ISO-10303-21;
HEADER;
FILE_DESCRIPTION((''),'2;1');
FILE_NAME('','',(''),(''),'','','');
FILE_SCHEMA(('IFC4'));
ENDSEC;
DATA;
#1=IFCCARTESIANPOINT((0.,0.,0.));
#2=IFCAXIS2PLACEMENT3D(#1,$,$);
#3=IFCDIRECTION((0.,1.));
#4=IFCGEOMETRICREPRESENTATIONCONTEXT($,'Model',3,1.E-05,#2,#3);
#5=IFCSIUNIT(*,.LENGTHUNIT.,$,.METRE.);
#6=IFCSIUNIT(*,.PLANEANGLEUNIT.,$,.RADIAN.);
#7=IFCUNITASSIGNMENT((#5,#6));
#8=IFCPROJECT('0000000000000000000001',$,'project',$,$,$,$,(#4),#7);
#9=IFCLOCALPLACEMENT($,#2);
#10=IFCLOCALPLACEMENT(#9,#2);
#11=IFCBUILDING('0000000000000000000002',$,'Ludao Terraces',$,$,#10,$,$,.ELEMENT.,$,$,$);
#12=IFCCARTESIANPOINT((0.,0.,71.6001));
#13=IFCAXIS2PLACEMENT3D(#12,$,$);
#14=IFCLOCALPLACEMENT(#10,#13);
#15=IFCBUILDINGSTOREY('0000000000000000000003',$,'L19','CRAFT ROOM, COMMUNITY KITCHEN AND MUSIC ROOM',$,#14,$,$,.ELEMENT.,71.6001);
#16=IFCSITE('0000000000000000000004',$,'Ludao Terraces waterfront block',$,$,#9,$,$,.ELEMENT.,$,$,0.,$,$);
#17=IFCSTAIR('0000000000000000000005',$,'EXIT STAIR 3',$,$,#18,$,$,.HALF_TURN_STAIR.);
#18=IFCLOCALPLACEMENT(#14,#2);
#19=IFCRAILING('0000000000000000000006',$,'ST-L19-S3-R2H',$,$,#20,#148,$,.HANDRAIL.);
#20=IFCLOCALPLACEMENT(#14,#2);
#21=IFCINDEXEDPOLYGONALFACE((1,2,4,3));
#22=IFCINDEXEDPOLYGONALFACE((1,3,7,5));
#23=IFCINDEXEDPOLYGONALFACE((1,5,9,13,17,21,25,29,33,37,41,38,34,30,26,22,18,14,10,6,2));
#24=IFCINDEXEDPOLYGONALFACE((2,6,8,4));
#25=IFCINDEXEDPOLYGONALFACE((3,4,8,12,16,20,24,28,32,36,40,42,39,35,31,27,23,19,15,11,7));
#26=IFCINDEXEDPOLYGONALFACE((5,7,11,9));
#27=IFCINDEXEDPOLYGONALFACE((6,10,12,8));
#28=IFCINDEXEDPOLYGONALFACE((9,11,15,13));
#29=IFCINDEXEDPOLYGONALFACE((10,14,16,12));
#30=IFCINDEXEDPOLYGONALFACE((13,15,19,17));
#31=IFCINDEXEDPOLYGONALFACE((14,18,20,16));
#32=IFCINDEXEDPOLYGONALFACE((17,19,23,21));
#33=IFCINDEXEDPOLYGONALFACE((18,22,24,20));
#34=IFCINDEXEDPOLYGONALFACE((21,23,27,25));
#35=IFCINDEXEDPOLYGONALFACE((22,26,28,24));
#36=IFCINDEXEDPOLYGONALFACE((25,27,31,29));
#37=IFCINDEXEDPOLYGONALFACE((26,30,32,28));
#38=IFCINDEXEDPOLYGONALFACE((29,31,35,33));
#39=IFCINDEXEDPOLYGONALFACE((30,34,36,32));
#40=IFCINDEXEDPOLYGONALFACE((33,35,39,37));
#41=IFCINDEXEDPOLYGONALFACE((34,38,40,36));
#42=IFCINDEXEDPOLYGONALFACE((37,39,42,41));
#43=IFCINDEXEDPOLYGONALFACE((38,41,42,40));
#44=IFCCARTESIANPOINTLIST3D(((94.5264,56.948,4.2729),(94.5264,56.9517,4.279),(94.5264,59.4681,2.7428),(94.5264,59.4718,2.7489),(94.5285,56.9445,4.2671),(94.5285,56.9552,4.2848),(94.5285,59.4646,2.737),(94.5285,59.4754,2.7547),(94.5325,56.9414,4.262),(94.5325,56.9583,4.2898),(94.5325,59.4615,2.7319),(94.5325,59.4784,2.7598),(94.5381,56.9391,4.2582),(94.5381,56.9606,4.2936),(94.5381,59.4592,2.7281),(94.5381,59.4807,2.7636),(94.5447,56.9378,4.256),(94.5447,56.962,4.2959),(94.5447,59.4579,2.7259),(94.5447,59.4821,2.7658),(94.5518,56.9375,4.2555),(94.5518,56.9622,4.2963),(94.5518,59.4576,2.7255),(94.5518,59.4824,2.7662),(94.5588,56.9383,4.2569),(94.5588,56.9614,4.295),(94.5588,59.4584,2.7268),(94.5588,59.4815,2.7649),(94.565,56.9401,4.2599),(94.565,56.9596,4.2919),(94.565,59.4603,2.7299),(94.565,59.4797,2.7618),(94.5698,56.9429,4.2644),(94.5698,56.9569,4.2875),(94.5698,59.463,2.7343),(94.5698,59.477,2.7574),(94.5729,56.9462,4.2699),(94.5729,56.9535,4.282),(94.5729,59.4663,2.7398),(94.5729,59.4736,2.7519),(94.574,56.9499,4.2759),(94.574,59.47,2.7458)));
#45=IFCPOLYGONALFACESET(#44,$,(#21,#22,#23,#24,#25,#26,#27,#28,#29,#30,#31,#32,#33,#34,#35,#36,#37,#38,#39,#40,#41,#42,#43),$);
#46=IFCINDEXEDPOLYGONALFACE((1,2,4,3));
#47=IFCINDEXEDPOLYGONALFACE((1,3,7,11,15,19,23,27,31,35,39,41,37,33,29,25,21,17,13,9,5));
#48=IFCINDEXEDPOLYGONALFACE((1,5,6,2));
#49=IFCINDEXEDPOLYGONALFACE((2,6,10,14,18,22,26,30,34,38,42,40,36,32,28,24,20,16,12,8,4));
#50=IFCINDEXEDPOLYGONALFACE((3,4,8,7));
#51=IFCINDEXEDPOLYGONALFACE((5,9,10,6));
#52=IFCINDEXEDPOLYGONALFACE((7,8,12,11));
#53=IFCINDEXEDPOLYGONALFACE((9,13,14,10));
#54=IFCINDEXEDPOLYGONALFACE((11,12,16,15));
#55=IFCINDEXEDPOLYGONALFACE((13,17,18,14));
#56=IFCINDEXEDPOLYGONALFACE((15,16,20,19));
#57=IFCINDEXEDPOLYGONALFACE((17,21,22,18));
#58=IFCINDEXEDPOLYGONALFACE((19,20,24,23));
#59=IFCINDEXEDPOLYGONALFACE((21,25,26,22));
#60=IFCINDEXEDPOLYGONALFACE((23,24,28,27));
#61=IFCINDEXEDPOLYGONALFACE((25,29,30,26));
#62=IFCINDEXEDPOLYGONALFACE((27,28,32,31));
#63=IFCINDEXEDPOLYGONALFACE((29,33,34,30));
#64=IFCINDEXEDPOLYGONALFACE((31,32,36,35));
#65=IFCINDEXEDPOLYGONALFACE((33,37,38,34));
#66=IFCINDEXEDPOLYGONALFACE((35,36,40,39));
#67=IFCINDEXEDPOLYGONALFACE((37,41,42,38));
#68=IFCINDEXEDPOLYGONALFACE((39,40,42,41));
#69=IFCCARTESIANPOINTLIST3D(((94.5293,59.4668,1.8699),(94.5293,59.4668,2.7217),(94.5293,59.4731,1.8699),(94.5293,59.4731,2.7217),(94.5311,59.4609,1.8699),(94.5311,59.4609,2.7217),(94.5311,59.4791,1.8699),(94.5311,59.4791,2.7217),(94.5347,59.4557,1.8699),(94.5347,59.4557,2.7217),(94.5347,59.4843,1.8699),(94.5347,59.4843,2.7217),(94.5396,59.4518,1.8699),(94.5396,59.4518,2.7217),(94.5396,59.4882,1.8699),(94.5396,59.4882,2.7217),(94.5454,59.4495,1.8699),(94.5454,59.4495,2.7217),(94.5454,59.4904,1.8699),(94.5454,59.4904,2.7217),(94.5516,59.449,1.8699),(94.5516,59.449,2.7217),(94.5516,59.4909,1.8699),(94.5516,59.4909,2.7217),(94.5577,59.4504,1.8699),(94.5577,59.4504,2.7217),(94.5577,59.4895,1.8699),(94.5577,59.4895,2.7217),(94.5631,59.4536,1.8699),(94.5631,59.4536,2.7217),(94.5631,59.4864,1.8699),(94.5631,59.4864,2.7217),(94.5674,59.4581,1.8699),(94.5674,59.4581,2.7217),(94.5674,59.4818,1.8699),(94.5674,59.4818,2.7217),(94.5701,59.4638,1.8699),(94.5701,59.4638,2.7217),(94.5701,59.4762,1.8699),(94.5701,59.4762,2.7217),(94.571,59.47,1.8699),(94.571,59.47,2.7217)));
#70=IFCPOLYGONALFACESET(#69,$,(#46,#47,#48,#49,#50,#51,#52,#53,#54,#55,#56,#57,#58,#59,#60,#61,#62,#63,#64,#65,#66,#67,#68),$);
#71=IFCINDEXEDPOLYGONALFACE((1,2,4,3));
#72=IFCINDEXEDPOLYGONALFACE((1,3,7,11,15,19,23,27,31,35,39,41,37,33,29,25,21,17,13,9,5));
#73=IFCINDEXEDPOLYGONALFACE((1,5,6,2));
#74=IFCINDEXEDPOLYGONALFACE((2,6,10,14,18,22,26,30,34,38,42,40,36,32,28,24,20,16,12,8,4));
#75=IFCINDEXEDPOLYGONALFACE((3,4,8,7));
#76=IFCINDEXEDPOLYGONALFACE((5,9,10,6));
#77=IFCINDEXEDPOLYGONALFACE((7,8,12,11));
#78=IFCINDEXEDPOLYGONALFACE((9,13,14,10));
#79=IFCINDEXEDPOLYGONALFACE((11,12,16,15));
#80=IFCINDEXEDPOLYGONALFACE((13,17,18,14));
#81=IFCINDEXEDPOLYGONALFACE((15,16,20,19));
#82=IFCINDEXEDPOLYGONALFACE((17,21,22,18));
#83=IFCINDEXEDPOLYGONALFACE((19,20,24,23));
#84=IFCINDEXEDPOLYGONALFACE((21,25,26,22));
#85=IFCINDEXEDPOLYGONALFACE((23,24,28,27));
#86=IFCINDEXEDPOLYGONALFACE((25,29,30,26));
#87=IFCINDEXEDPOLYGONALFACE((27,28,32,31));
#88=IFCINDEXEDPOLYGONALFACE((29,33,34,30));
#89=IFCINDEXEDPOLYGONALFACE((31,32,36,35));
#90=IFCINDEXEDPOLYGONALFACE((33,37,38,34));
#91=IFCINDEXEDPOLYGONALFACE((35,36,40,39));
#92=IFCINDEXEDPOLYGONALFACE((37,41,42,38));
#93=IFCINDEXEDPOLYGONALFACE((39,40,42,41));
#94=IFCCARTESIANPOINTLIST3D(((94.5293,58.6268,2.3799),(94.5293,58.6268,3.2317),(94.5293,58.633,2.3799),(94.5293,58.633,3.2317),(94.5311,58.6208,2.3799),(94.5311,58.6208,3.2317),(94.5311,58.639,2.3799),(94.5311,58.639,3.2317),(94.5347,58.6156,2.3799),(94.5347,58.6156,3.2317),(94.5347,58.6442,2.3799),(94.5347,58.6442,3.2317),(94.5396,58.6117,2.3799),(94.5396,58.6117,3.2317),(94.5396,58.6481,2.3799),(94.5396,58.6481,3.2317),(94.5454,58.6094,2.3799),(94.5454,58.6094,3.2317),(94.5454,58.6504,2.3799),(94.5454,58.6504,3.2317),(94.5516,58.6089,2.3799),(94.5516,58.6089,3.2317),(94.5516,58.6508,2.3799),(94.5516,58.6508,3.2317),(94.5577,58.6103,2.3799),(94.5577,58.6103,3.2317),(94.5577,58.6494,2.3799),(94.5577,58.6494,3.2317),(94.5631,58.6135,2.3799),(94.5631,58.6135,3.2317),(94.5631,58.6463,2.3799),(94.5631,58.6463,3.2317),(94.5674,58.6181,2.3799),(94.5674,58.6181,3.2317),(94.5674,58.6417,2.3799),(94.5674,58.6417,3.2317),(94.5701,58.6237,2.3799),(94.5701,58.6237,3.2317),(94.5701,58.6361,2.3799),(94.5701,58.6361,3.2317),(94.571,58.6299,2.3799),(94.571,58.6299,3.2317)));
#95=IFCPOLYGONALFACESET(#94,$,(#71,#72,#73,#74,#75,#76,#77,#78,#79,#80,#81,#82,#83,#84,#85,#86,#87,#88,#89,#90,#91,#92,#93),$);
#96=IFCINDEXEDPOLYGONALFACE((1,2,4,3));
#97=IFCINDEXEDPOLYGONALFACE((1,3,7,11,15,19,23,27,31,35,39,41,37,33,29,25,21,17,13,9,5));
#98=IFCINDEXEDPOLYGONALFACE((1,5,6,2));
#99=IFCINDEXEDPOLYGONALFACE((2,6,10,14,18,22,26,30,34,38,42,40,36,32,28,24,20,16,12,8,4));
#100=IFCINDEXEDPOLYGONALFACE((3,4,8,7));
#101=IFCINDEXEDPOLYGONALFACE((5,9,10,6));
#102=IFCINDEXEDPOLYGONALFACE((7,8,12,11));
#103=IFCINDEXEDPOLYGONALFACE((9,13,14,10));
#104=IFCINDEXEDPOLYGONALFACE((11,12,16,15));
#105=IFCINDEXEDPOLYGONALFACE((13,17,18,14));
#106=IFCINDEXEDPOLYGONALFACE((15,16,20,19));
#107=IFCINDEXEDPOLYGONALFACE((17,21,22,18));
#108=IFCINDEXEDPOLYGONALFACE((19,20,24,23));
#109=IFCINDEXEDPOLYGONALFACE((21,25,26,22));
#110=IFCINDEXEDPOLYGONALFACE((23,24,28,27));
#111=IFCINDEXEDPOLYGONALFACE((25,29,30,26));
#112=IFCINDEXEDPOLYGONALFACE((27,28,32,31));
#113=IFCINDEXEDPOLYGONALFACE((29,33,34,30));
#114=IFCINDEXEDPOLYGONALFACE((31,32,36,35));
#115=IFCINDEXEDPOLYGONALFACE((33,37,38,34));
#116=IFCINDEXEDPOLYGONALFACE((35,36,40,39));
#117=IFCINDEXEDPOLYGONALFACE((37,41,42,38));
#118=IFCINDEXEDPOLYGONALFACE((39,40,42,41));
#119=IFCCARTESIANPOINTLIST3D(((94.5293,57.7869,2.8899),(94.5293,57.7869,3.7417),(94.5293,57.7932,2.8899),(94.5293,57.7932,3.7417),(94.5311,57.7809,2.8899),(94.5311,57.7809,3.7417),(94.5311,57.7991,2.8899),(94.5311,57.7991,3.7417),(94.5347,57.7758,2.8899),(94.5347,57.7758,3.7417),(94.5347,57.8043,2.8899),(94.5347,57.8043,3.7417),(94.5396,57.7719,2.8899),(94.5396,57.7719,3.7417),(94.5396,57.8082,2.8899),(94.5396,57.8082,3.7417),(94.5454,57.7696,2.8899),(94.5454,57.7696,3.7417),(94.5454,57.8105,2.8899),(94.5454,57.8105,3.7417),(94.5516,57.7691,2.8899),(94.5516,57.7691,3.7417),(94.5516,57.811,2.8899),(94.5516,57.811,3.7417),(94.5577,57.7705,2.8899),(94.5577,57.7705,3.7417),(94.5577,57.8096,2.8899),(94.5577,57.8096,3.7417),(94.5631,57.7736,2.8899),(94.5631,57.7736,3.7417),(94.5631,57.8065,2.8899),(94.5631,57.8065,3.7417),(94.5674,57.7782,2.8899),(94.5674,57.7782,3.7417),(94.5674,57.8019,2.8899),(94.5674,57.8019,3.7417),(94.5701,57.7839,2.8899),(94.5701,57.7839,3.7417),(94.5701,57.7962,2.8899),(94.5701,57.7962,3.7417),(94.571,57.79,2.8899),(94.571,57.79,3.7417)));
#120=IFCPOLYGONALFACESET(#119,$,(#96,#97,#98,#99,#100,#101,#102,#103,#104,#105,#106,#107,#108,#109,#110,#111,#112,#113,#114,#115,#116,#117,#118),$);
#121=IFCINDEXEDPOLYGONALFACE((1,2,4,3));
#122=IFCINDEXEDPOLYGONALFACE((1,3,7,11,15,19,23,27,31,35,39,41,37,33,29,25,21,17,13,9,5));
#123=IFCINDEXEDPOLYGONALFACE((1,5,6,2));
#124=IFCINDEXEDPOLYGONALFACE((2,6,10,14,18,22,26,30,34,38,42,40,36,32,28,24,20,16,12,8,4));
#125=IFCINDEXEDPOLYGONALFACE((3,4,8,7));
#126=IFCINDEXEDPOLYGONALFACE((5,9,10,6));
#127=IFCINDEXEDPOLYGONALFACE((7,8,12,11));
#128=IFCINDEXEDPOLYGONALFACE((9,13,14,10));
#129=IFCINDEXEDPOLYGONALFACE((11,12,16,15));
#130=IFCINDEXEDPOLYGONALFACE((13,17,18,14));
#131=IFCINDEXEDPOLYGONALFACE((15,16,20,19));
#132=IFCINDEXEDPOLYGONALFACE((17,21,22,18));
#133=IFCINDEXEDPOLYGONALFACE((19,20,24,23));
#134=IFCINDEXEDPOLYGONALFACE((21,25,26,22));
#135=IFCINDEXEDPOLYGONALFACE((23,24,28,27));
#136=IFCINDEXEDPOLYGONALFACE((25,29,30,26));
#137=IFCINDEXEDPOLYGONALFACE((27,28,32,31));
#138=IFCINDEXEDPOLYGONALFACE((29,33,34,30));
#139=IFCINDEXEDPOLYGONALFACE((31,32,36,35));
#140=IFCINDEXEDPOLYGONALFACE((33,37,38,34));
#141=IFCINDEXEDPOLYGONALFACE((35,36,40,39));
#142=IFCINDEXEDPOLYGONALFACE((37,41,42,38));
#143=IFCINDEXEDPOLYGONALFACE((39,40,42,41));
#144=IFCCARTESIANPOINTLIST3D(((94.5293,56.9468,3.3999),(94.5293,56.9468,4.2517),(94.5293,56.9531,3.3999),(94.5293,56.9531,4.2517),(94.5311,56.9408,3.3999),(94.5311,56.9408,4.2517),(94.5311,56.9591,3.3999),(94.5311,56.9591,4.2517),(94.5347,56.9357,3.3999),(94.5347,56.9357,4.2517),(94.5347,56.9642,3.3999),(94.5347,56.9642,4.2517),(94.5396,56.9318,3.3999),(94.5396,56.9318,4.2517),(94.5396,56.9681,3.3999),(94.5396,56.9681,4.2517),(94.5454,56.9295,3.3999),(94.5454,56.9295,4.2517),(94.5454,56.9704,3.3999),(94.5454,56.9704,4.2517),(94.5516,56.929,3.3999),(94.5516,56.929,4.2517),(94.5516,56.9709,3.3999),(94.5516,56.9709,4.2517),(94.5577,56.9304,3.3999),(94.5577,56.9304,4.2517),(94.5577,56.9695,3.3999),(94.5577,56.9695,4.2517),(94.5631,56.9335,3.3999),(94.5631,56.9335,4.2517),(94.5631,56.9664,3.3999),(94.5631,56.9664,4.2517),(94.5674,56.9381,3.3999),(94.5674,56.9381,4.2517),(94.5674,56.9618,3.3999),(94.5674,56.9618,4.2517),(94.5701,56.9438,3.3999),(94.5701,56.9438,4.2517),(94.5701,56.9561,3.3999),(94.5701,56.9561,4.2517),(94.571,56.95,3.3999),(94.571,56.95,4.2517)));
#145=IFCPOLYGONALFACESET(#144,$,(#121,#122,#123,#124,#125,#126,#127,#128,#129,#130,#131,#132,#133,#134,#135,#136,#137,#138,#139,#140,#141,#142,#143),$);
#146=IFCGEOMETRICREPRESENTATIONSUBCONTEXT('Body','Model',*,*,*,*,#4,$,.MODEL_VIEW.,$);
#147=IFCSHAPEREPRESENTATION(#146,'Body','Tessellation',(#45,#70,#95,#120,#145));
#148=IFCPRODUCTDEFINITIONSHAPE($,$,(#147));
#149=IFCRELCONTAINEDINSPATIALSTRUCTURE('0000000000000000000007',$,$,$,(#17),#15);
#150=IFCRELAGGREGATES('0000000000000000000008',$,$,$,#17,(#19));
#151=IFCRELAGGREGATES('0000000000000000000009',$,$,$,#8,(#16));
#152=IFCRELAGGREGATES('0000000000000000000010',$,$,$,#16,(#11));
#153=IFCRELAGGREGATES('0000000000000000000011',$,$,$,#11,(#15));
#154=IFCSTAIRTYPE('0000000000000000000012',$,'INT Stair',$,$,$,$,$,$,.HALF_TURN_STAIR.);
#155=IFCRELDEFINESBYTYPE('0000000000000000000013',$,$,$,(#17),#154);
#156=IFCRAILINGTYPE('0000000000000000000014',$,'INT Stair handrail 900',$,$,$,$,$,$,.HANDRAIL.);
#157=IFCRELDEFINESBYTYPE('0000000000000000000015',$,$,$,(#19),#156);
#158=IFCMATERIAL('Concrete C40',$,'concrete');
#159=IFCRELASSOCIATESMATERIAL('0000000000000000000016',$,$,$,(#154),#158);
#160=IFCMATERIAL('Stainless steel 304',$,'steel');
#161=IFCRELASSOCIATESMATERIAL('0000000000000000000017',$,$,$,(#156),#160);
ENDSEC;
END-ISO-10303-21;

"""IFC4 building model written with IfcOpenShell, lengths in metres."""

from ifc_helpers import new_model, si_unit, direction, frame, origin, origin_2d, place, context, subcontext, project, spatial, circle, extrude, material, type_object, element, aggregate, save


model = new_model("IFC4")

# Units and contexts
model_context = context("Model", 3, precision=1e-05, world=origin(), true_north=direction((0.0, 1.0)))
body_context = subcontext(model_context, "Body", "Model", "MODEL_VIEW")
ifc_project = project(units=[si_unit("LENGTHUNIT", "METRE"), si_unit("PLANEANGLEUNIT", "RADIAN")], contexts=[model_context])

# Site, building, storey
site_placement = place(None, origin())
site = spatial("IfcSite", under=ifc_project, at=site_placement, Name="Ludao Terraces waterfront block", CompositionType="ELEMENT", RefElevation=0.0)
building_placement = place(site_placement, origin())
building = spatial("IfcBuilding", under=site, at=building_placement, Name="Ludao Terraces", CompositionType="ELEMENT")
storey_placement = place(building_placement, frame((0.0, 0.0, 71.6001)))
storey = spatial("IfcBuildingStorey", under=building, at=storey_placement, Name="L19", Description="CRAFT ROOM, COMMUNITY KITCHEN AND MUSIC ROOM", CompositionType="ELEMENT", Elevation=71.6001)

# Stair, railing
ifc_material_1 = material(Name="Concrete C40", Category="concrete")
stair_type = type_object("IfcStairType", Name="INT Stair", PredefinedType="HALF_TURN_STAIR", material=ifc_material_1)
stair_placement = place(storey_placement, origin())
stair = element("IfcStair", 1, at=stair_placement, inside=storey, type_object=stair_type, Name="EXIT STAIR 3", PredefinedType="HALF_TURN_STAIR")
ifc_material_2 = material(Name="Stainless steel 304", Category="steel")
railing_type_1 = type_object("IfcRailingType", Name="INT Stair handrail 900", PredefinedType="HANDRAIL", material=ifc_material_2)
railing_1_placement = place(storey_placement, frame((94.55, 59.47, 1.8699)))
railing_1 = element("IfcRailing", 2, at=railing_1_placement, type_object=railing_type_1, Name="ST-L19-S3-R2H", PredefinedType="HANDRAIL", context=body_context, shape_type="SweptSolid", body=[
    extrude(circle(Radius=0.0239, at=origin_2d()), frame((0.0, 0.0, 0.876), z_axis=(0.0, -0.854785, 0.518982), x_axis=(1.0, 0.0, 0.0)), (0.0, 0.0, 1.0), 2.9482),
    extrude(circle(Radius=0.021, at=origin_2d()), origin(), (0.0, 0.0, 1.0), 0.8518),
    extrude(circle(Radius=0.021, at=origin_2d()), frame((0.0, -0.8401, 0.51)), (0.0, 0.0, 1.0), 0.8518),
    extrude(circle(Radius=0.021, at=origin_2d()), frame((0.0, -1.6799, 1.02)), (0.0, 0.0, 1.0), 0.8518),
    extrude(circle(Radius=0.021, at=origin_2d()), frame((0.0, -2.52, 1.53)), (0.0, 0.0, 1.0), 0.8518),
])
aggregate(stair, [railing_1])

save(model, "model.ifc")
